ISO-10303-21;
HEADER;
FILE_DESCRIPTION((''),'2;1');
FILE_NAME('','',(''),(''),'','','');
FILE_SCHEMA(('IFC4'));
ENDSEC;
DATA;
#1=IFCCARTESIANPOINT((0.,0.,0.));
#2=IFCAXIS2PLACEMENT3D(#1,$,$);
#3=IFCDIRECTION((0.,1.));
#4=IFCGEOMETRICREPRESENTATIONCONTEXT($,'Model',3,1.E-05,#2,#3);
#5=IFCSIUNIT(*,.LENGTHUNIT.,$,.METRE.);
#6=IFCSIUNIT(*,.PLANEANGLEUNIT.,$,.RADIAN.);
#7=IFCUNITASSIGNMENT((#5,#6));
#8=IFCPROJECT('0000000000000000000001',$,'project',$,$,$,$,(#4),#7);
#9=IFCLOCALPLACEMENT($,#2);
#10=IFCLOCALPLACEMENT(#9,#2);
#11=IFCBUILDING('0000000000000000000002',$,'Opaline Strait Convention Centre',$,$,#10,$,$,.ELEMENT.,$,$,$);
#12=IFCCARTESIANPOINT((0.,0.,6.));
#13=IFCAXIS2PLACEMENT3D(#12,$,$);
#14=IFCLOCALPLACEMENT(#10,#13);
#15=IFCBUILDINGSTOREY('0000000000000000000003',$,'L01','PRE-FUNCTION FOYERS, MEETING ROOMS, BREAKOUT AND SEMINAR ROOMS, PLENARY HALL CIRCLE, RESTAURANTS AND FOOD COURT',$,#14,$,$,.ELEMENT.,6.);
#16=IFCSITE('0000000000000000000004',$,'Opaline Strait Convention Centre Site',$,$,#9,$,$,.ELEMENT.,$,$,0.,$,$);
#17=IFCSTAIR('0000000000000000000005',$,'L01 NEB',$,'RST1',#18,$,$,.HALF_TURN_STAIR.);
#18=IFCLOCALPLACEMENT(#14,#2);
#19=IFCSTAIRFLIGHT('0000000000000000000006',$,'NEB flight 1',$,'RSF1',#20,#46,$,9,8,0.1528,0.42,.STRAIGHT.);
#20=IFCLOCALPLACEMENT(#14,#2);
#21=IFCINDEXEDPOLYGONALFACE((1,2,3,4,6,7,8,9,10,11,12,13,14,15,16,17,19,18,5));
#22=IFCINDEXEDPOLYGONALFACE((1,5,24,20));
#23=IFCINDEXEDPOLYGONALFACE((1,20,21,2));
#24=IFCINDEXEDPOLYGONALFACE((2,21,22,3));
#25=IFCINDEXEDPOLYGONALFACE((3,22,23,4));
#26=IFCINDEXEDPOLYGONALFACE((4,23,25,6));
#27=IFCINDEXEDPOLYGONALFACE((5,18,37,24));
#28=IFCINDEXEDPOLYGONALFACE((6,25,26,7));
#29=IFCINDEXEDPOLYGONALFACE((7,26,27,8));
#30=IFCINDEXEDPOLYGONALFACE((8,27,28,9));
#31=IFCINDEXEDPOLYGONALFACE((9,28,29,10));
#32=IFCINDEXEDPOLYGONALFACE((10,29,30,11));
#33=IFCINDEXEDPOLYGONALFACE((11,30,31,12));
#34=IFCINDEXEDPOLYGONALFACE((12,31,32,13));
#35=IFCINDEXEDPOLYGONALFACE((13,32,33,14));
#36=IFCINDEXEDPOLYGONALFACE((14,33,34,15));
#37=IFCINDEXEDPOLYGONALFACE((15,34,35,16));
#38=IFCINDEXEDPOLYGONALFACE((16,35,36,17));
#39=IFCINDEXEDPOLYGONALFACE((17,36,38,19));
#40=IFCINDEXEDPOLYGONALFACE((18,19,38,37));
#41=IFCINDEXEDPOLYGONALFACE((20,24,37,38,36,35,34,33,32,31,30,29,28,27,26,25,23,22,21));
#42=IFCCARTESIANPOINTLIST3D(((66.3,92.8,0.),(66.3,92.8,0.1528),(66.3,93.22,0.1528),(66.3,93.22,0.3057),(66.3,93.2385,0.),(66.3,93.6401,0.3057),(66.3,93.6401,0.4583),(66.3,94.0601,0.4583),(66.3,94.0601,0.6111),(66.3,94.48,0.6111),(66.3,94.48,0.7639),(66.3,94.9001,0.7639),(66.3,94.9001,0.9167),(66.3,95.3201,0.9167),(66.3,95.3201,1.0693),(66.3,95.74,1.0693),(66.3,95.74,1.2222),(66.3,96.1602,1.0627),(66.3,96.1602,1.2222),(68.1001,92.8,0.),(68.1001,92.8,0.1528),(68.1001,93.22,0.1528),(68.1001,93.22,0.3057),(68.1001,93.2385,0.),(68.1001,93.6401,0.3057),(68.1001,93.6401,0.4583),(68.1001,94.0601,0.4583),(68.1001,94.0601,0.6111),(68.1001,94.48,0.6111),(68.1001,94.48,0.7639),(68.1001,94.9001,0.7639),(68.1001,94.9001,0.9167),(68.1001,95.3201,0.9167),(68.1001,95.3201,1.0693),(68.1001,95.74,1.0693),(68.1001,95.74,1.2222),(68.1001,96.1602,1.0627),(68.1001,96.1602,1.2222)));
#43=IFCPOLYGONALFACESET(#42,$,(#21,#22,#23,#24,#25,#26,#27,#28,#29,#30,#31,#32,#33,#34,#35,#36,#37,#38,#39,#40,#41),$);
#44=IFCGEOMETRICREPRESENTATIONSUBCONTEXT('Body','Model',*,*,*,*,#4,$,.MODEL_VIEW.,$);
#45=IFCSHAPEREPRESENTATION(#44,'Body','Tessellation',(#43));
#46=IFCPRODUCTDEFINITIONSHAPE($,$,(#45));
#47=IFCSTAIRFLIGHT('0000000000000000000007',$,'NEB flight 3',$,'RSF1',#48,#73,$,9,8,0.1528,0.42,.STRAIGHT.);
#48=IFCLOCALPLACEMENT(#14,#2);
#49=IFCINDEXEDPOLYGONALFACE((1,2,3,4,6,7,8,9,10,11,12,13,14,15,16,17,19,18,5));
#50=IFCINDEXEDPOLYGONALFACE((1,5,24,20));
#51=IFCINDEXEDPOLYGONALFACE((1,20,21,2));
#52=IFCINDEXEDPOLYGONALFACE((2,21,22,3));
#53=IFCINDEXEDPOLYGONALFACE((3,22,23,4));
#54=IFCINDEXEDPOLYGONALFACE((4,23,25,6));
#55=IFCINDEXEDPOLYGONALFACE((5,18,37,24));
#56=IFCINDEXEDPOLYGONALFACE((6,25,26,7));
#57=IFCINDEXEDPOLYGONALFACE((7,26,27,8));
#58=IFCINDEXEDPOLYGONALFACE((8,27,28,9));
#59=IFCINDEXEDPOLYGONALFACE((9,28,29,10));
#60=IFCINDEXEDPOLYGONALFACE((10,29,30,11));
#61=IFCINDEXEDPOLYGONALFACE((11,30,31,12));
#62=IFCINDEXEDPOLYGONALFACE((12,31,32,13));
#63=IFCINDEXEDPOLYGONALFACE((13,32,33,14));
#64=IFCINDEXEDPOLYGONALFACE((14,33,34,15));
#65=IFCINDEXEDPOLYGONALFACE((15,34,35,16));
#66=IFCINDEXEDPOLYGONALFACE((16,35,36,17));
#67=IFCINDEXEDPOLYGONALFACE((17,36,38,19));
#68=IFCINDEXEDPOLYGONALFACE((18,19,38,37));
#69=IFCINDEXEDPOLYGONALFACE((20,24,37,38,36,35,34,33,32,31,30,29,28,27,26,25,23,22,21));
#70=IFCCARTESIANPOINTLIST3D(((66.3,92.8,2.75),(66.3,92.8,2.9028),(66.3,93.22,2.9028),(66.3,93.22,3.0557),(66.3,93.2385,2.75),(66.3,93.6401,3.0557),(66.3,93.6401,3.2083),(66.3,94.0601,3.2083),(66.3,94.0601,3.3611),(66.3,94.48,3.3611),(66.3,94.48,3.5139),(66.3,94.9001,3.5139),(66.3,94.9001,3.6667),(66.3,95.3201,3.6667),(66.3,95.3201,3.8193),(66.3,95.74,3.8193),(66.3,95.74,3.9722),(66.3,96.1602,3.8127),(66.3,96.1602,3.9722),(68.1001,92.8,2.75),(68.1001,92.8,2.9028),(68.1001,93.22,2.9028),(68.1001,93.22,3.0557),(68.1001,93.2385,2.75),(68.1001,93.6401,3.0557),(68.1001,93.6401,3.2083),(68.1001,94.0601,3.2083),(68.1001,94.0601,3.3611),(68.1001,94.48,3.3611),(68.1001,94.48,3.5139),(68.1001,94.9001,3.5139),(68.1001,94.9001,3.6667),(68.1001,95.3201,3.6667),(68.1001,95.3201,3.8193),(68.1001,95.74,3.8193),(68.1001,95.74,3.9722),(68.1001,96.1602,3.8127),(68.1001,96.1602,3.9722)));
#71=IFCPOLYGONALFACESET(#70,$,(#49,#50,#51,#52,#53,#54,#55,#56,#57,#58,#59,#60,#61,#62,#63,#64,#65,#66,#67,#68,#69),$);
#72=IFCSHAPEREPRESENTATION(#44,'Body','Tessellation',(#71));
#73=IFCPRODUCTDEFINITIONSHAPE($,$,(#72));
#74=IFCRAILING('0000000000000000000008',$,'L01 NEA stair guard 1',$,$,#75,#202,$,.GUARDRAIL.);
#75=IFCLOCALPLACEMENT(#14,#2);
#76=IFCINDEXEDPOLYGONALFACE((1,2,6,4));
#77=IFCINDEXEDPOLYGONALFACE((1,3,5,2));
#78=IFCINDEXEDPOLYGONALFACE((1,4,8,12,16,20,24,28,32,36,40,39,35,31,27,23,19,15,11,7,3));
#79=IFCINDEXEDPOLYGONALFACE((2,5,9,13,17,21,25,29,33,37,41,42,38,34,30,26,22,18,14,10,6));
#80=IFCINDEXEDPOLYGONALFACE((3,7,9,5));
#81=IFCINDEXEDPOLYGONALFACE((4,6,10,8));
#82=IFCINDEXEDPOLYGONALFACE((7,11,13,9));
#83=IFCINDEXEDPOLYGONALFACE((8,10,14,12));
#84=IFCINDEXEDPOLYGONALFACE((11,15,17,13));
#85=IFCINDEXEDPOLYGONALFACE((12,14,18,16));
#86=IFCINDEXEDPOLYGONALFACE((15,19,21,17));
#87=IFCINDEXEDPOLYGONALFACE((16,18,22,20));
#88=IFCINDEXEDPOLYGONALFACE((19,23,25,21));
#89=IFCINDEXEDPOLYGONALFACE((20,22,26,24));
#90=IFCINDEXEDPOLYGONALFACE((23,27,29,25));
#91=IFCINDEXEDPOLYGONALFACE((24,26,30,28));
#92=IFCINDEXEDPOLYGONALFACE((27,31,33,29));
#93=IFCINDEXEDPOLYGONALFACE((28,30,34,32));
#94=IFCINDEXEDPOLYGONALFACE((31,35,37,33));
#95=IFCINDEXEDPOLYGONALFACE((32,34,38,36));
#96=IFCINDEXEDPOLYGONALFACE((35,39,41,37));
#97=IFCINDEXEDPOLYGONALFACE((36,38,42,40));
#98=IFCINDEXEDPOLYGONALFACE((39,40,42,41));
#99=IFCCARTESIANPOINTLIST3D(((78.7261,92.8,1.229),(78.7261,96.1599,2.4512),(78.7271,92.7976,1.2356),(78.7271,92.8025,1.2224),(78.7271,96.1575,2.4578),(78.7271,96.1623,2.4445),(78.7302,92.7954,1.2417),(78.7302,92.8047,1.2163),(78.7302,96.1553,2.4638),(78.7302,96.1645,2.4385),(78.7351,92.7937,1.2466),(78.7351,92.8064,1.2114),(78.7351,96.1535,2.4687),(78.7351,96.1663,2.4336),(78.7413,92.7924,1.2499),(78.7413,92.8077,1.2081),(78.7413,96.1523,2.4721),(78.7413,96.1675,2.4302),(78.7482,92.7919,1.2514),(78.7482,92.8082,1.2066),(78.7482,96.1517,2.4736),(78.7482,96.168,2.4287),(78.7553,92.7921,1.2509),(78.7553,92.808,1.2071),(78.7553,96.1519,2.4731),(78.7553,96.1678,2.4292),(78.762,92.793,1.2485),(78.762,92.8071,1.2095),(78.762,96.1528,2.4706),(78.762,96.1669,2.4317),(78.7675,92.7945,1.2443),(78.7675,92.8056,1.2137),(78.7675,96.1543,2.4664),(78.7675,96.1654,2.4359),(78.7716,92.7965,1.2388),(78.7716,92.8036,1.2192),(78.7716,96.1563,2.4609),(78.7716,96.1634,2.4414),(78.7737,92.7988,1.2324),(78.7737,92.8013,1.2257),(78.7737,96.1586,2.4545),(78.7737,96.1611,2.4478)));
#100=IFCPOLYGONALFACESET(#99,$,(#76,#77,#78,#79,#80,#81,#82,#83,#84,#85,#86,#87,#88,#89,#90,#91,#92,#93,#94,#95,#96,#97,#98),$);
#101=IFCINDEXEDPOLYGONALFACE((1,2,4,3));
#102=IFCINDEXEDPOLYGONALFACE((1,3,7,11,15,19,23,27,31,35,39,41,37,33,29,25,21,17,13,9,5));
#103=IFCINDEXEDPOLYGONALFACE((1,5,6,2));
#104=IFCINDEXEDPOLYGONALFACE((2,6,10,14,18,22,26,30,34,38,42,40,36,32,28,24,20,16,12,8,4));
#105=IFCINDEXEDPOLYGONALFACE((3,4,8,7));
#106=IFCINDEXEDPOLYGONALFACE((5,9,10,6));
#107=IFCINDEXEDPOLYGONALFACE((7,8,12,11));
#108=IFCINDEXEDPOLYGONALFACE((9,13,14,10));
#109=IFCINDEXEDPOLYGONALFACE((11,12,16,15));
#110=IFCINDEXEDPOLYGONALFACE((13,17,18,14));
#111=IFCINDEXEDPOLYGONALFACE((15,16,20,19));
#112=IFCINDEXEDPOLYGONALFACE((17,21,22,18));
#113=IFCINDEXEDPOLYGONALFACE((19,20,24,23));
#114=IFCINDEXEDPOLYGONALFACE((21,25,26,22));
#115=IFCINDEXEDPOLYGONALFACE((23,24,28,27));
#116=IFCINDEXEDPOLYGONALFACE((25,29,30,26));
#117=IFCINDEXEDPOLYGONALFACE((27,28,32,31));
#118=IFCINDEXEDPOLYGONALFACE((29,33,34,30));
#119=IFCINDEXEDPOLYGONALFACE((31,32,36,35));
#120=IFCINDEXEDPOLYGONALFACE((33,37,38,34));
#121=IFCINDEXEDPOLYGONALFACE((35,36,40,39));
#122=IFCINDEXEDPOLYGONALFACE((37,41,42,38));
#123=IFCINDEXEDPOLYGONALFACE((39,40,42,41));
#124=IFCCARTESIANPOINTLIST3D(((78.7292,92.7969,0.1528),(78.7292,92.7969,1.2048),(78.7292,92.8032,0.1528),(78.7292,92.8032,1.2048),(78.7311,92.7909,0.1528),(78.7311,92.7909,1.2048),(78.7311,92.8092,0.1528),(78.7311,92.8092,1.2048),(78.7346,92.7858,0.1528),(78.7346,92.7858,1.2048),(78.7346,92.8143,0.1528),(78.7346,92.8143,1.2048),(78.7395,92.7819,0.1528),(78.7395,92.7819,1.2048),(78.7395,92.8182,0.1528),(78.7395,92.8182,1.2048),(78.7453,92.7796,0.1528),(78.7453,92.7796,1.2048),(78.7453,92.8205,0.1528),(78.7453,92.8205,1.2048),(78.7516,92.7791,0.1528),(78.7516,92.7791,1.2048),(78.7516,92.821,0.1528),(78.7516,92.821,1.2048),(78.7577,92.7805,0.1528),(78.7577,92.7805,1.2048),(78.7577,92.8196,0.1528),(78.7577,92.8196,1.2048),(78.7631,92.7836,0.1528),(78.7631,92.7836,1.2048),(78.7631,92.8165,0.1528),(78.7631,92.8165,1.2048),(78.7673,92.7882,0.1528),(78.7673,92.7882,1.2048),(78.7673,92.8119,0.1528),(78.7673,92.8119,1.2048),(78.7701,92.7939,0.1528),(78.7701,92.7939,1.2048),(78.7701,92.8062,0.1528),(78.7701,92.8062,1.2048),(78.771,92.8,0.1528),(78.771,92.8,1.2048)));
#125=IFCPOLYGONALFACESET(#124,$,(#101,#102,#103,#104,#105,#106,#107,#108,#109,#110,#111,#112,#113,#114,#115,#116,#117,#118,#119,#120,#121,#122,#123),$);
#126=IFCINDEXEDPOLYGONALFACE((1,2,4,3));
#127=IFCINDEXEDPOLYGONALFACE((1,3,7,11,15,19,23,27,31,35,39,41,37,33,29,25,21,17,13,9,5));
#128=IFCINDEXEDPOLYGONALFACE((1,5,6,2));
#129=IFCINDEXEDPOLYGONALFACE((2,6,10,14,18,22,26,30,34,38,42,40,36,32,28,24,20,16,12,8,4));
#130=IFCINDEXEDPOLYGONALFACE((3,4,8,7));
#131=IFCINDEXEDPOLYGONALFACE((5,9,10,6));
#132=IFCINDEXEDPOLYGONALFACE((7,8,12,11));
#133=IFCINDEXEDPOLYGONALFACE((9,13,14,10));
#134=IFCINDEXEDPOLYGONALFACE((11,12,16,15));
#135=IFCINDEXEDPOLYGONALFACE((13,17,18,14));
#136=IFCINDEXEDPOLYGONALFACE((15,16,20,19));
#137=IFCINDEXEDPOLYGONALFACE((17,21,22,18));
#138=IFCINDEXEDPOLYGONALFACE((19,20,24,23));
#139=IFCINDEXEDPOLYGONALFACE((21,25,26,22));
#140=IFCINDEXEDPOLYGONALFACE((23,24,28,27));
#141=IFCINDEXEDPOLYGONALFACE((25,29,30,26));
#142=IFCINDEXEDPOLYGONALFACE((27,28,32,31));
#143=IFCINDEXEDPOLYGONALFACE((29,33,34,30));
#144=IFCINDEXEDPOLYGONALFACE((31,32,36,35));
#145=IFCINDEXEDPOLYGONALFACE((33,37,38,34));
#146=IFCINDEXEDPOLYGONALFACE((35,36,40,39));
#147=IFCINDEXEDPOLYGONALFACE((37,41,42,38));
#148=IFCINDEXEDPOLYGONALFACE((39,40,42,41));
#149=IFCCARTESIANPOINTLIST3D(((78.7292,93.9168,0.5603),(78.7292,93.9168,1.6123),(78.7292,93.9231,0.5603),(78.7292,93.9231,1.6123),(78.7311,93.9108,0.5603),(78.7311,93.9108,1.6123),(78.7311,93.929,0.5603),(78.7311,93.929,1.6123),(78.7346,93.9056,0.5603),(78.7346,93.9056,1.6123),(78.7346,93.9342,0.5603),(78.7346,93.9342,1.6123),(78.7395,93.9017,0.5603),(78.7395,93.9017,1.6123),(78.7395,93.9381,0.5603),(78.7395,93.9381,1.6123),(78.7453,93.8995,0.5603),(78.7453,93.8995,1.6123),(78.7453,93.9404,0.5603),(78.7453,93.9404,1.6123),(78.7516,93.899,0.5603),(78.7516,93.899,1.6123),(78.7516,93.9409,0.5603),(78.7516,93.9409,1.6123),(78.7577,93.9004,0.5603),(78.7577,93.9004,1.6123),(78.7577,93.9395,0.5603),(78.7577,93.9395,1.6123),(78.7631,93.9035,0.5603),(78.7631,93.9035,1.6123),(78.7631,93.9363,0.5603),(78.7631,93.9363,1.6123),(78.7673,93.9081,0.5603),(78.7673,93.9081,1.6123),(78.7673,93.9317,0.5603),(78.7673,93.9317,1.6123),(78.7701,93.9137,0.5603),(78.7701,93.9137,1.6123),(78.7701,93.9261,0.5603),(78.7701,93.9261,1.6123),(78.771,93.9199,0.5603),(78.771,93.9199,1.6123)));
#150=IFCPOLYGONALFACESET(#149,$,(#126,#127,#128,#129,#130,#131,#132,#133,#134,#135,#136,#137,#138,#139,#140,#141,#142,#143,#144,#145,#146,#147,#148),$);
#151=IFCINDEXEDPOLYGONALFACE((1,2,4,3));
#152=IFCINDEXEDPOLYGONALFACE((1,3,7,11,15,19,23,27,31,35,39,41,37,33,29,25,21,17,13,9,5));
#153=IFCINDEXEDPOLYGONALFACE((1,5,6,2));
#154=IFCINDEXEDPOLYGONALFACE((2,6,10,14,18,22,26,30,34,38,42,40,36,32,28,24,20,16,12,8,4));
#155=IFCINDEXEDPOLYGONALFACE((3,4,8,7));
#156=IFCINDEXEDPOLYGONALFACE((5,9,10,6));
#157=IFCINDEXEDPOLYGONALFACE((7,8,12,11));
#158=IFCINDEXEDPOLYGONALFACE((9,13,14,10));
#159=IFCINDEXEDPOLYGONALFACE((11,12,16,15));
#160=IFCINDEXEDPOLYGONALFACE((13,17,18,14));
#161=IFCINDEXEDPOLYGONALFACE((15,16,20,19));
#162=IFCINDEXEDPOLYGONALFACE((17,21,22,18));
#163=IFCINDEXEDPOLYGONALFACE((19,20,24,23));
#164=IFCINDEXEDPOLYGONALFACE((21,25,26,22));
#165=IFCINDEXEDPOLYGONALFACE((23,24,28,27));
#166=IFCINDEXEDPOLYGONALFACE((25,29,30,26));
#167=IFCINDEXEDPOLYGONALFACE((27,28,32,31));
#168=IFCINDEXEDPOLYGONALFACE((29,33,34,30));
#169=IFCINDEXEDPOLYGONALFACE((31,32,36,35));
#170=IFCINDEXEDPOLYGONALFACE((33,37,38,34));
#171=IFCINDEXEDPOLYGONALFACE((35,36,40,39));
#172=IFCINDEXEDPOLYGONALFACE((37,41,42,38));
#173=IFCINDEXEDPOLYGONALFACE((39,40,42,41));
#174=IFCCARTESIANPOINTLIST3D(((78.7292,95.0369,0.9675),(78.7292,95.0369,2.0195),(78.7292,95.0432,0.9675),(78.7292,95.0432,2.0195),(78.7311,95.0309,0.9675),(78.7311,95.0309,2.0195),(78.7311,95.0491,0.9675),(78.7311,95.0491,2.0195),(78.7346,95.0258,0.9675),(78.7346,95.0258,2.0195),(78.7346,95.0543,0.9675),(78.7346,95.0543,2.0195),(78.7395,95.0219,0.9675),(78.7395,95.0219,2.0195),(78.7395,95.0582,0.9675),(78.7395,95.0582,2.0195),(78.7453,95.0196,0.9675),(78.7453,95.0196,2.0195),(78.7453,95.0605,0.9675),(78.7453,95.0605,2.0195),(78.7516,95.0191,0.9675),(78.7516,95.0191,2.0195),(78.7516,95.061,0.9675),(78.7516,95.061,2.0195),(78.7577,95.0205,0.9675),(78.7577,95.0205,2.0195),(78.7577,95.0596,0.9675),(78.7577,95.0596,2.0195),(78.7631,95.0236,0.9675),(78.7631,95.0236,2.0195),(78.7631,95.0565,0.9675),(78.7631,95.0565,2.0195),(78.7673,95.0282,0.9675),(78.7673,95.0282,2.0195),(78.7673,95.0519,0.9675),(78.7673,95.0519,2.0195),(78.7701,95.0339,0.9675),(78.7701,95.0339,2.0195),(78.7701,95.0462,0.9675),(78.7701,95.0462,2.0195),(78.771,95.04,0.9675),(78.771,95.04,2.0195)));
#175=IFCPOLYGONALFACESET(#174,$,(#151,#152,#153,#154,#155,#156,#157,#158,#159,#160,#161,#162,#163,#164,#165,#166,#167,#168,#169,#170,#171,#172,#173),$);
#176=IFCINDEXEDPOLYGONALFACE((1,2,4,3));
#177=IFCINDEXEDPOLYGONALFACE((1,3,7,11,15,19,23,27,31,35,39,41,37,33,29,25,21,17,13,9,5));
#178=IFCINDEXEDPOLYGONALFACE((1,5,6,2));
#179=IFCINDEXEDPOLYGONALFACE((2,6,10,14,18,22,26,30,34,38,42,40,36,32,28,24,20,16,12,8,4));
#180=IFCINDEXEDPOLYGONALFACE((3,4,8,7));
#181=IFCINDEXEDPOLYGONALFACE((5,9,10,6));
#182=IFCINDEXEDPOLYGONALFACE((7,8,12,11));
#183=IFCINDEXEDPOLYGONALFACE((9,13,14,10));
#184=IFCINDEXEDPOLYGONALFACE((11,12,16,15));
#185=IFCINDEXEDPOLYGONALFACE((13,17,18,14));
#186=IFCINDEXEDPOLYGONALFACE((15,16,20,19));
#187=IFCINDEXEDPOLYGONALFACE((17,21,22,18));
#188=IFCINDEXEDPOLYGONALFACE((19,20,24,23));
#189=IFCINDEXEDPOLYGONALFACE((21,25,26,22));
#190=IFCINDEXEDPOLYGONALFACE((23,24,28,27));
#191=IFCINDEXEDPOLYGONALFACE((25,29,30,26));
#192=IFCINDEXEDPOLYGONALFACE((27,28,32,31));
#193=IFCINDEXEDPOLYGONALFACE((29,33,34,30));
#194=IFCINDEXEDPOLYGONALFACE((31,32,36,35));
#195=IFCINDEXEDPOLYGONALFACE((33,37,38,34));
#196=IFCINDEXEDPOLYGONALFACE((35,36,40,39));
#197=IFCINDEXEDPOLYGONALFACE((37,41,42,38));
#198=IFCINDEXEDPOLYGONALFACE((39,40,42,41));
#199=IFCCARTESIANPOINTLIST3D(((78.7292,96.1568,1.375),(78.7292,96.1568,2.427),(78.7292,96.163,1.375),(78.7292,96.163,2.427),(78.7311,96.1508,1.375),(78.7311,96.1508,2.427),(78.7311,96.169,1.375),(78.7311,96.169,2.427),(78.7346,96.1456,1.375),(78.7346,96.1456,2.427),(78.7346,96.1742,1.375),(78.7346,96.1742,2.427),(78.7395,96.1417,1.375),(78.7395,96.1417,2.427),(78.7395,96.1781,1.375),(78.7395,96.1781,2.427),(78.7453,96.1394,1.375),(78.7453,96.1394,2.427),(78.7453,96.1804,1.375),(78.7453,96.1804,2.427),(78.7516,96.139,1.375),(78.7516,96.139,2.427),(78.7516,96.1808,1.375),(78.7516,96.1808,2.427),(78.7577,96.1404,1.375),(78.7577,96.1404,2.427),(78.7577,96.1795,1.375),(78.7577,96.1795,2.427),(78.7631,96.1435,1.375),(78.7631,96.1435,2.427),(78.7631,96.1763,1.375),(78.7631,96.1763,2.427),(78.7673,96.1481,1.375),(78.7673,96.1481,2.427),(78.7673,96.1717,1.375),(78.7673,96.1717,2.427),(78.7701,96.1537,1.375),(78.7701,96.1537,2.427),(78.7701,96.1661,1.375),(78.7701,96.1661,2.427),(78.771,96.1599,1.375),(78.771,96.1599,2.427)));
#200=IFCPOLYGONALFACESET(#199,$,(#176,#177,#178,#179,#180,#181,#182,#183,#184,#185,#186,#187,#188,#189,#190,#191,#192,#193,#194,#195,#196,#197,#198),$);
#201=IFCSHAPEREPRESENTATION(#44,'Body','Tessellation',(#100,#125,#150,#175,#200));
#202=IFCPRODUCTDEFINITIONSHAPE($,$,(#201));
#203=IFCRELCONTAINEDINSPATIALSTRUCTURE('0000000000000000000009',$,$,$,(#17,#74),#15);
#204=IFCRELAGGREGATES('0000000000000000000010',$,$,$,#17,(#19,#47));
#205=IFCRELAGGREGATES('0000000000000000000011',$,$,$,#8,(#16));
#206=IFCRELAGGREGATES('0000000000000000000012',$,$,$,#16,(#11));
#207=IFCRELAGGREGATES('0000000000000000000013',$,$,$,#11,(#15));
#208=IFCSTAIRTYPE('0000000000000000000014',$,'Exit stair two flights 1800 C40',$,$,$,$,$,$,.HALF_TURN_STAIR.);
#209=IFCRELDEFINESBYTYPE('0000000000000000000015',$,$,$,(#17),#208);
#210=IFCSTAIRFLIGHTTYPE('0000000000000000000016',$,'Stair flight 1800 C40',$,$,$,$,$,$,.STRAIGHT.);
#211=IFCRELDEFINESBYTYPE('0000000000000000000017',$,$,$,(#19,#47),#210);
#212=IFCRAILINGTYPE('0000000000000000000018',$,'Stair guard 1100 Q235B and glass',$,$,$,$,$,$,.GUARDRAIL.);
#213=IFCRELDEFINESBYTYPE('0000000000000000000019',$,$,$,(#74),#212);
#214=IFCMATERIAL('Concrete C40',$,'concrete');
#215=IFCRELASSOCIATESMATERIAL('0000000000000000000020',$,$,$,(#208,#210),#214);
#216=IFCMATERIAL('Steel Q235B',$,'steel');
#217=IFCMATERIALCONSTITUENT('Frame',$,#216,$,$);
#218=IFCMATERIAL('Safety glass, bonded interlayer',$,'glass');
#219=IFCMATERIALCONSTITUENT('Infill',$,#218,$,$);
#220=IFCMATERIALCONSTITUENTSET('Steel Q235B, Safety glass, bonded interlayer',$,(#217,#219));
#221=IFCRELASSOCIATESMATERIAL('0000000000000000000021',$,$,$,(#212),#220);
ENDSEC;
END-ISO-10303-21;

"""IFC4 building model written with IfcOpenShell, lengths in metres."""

from ifc_helpers import new_model, si_unit, direction, frame, origin, origin_2d, place, context, subcontext, project, spatial, polyline, circle, outline, extrude, material, constituent, constituent_set, type_object, element, aggregate, save


model = new_model("IFC4")

# Units and contexts
model_context = context("Model", 3, precision=1e-05, world=origin(), true_north=direction((0.0, 1.0)))
body_context = subcontext(model_context, "Body", "Model", "MODEL_VIEW")
ifc_project = project(units=[si_unit("LENGTHUNIT", "METRE"), si_unit("PLANEANGLEUNIT", "RADIAN")], contexts=[model_context])

# Site, building, storey
site_placement = place(None, origin())
site = spatial("IfcSite", under=ifc_project, at=site_placement, Name="Opaline Strait Convention Centre Site", CompositionType="ELEMENT", RefElevation=0.0)
building_placement = place(site_placement, origin())
building = spatial("IfcBuilding", under=site, at=building_placement, Name="Opaline Strait Convention Centre", CompositionType="ELEMENT")
storey_placement = place(building_placement, frame((0.0, 0.0, 6.0)))
storey = spatial("IfcBuildingStorey", under=building, at=storey_placement, Name="L01", Description="PRE-FUNCTION FOYERS, MEETING ROOMS, BREAKOUT AND SEMINAR ROOMS, PLENARY HALL CIRCLE, RESTAURANTS AND FOOD COURT", CompositionType="ELEMENT", Elevation=6.0)

# Shared definitions
ifc_material_1 = material(Name="Concrete C40", Category="concrete")

# Stair, stair flights
stair_type = type_object("IfcStairType", Name="Exit stair two flights 1800 C40", PredefinedType="HALF_TURN_STAIR", material=ifc_material_1)
stair_placement = place(storey_placement, origin())
stair = element("IfcStair", 1, at=stair_placement, inside=storey, type_object=stair_type, Name="L01 NEB", ObjectType="RST1", PredefinedType="HALF_TURN_STAIR")
stair_flight_type = type_object("IfcStairFlightType", Name="Stair flight 1800 C40", PredefinedType="STRAIGHT", material=ifc_material_1)
stair_flight_1_placement = place(storey_placement, frame((67.2, 92.8, 0.0), z_axis=(0.0, 0.0, 1.0), x_axis=(0.0, 1.0, 0.0)))
stair_flight_1 = element("IfcStairFlight", 2, at=stair_flight_1_placement, type_object=stair_flight_type, Name="NEB flight 1", ObjectType="RSF1", NumberOfRisers=9, NumberOfTreads=8, PredefinedType="STRAIGHT", RiserHeight=0.1528, TreadLength=0.42, context=body_context, shape_type="SweptSolid", body=[
    extrude(outline(polyline([(0.0, 0.0), (0.0, 0.1528), (0.4199, 0.1528), (0.4199, 0.3057), (0.8401, 0.3057), (0.8401, 0.4583), (1.26, 0.4583), (1.26, 0.6111), (1.6799, 0.6111), (1.6799, 0.7639), (2.1001, 0.7639), (2.1001, 0.9167), (2.52, 0.9167), (2.52, 1.0693), (2.9399, 1.0693), (2.9399, 1.2222), (3.3601, 1.2222), (3.3601, 1.375), (3.3601, 1.0627), (0.4385, 0.0), (0.0, 0.0)])), frame((0.0, 0.8999, 0.0), z_axis=(0.0, -1.0, 0.0), x_axis=(1.0, 0.0, 0.0)), (0.0, 0.0, 1.0), 1.8),
])
stair_flight_2_placement = place(storey_placement, frame((67.2, 92.8, 2.75), z_axis=(0.0, 0.0, 1.0), x_axis=(0.0, 1.0, 0.0)))
stair_flight_2 = element("IfcStairFlight", 3, at=stair_flight_2_placement, type_object=stair_flight_type, Name="NEB flight 3", ObjectType="RSF1", NumberOfRisers=9, NumberOfTreads=8, PredefinedType="STRAIGHT", RiserHeight=0.1528, TreadLength=0.42, context=body_context, shape_type="SweptSolid", body=[
    extrude(outline(polyline([(0.0, 0.0), (0.0, 0.1528), (0.4199, 0.1528), (0.4199, 0.3057), (0.8401, 0.3057), (0.8401, 0.4583), (1.26, 0.4583), (1.26, 0.6111), (1.6799, 0.6111), (1.6799, 0.7639), (2.1001, 0.7639), (2.1001, 0.9167), (2.52, 0.9167), (2.52, 1.0693), (2.9399, 1.0693), (2.9399, 1.2222), (3.3601, 1.2222), (3.3601, 1.375), (3.3601, 1.0627), (0.4385, 0.0), (0.0, 0.0)])), frame((0.0, 0.8999, 0.0), z_axis=(0.0, -1.0, 0.0), x_axis=(1.0, 0.0, 0.0)), (0.0, 0.0, 1.0), 1.8),
])
aggregate(stair, [stair_flight_1, stair_flight_2])

# Railing
ifc_material_2 = material(Name="Steel Q235B", Category="steel")
ifc_constituent_1 = constituent(ifc_material_2, Name="Frame")
ifc_material_3 = material(Name="Safety glass, bonded interlayer", Category="glass")
ifc_constituent_2 = constituent(ifc_material_3, Name="Infill")
ifc_constituent_set = constituent_set(constituents=[ifc_constituent_1, ifc_constituent_2], Name="Steel Q235B, Safety glass, bonded interlayer")
railing_type_1 = type_object("IfcRailingType", Name="Stair guard 1100 Q235B and glass", PredefinedType="GUARDRAIL", material=ifc_constituent_set)
railing_1_placement = place(storey_placement, frame((78.75, 92.8, 0.1528)))
element("IfcRailing", 4, at=railing_1_placement, inside=storey, type_object=railing_type_1, Name="L01 NEA stair guard 1", PredefinedType="GUARDRAIL", context=body_context, shape_type="SweptSolid", body=[
    extrude(circle(Radius=0.0239, at=origin_2d()), frame((0.0, 0.0, 1.0762), z_axis=(0.0, 0.939758, 0.341842), x_axis=(-1.0, 0.0, 0.0)), (0.0, 0.0, 1.0), 3.5752),
    extrude(circle(Radius=0.021, at=origin_2d()), origin(), (0.0, 0.0, 1.0), 1.052),
    extrude(circle(Radius=0.021, at=origin_2d()), frame((0.0, 1.1199, 0.4075)), (0.0, 0.0, 1.0), 1.052),
    extrude(circle(Radius=0.021, at=origin_2d()), frame((0.0, 2.24, 0.8147)), (0.0, 0.0, 1.0), 1.052),
    extrude(circle(Radius=0.021, at=origin_2d()), frame((0.0, 3.3599, 1.2222)), (0.0, 0.0, 1.0), 1.052),
])

save(model, "model.ifc")
